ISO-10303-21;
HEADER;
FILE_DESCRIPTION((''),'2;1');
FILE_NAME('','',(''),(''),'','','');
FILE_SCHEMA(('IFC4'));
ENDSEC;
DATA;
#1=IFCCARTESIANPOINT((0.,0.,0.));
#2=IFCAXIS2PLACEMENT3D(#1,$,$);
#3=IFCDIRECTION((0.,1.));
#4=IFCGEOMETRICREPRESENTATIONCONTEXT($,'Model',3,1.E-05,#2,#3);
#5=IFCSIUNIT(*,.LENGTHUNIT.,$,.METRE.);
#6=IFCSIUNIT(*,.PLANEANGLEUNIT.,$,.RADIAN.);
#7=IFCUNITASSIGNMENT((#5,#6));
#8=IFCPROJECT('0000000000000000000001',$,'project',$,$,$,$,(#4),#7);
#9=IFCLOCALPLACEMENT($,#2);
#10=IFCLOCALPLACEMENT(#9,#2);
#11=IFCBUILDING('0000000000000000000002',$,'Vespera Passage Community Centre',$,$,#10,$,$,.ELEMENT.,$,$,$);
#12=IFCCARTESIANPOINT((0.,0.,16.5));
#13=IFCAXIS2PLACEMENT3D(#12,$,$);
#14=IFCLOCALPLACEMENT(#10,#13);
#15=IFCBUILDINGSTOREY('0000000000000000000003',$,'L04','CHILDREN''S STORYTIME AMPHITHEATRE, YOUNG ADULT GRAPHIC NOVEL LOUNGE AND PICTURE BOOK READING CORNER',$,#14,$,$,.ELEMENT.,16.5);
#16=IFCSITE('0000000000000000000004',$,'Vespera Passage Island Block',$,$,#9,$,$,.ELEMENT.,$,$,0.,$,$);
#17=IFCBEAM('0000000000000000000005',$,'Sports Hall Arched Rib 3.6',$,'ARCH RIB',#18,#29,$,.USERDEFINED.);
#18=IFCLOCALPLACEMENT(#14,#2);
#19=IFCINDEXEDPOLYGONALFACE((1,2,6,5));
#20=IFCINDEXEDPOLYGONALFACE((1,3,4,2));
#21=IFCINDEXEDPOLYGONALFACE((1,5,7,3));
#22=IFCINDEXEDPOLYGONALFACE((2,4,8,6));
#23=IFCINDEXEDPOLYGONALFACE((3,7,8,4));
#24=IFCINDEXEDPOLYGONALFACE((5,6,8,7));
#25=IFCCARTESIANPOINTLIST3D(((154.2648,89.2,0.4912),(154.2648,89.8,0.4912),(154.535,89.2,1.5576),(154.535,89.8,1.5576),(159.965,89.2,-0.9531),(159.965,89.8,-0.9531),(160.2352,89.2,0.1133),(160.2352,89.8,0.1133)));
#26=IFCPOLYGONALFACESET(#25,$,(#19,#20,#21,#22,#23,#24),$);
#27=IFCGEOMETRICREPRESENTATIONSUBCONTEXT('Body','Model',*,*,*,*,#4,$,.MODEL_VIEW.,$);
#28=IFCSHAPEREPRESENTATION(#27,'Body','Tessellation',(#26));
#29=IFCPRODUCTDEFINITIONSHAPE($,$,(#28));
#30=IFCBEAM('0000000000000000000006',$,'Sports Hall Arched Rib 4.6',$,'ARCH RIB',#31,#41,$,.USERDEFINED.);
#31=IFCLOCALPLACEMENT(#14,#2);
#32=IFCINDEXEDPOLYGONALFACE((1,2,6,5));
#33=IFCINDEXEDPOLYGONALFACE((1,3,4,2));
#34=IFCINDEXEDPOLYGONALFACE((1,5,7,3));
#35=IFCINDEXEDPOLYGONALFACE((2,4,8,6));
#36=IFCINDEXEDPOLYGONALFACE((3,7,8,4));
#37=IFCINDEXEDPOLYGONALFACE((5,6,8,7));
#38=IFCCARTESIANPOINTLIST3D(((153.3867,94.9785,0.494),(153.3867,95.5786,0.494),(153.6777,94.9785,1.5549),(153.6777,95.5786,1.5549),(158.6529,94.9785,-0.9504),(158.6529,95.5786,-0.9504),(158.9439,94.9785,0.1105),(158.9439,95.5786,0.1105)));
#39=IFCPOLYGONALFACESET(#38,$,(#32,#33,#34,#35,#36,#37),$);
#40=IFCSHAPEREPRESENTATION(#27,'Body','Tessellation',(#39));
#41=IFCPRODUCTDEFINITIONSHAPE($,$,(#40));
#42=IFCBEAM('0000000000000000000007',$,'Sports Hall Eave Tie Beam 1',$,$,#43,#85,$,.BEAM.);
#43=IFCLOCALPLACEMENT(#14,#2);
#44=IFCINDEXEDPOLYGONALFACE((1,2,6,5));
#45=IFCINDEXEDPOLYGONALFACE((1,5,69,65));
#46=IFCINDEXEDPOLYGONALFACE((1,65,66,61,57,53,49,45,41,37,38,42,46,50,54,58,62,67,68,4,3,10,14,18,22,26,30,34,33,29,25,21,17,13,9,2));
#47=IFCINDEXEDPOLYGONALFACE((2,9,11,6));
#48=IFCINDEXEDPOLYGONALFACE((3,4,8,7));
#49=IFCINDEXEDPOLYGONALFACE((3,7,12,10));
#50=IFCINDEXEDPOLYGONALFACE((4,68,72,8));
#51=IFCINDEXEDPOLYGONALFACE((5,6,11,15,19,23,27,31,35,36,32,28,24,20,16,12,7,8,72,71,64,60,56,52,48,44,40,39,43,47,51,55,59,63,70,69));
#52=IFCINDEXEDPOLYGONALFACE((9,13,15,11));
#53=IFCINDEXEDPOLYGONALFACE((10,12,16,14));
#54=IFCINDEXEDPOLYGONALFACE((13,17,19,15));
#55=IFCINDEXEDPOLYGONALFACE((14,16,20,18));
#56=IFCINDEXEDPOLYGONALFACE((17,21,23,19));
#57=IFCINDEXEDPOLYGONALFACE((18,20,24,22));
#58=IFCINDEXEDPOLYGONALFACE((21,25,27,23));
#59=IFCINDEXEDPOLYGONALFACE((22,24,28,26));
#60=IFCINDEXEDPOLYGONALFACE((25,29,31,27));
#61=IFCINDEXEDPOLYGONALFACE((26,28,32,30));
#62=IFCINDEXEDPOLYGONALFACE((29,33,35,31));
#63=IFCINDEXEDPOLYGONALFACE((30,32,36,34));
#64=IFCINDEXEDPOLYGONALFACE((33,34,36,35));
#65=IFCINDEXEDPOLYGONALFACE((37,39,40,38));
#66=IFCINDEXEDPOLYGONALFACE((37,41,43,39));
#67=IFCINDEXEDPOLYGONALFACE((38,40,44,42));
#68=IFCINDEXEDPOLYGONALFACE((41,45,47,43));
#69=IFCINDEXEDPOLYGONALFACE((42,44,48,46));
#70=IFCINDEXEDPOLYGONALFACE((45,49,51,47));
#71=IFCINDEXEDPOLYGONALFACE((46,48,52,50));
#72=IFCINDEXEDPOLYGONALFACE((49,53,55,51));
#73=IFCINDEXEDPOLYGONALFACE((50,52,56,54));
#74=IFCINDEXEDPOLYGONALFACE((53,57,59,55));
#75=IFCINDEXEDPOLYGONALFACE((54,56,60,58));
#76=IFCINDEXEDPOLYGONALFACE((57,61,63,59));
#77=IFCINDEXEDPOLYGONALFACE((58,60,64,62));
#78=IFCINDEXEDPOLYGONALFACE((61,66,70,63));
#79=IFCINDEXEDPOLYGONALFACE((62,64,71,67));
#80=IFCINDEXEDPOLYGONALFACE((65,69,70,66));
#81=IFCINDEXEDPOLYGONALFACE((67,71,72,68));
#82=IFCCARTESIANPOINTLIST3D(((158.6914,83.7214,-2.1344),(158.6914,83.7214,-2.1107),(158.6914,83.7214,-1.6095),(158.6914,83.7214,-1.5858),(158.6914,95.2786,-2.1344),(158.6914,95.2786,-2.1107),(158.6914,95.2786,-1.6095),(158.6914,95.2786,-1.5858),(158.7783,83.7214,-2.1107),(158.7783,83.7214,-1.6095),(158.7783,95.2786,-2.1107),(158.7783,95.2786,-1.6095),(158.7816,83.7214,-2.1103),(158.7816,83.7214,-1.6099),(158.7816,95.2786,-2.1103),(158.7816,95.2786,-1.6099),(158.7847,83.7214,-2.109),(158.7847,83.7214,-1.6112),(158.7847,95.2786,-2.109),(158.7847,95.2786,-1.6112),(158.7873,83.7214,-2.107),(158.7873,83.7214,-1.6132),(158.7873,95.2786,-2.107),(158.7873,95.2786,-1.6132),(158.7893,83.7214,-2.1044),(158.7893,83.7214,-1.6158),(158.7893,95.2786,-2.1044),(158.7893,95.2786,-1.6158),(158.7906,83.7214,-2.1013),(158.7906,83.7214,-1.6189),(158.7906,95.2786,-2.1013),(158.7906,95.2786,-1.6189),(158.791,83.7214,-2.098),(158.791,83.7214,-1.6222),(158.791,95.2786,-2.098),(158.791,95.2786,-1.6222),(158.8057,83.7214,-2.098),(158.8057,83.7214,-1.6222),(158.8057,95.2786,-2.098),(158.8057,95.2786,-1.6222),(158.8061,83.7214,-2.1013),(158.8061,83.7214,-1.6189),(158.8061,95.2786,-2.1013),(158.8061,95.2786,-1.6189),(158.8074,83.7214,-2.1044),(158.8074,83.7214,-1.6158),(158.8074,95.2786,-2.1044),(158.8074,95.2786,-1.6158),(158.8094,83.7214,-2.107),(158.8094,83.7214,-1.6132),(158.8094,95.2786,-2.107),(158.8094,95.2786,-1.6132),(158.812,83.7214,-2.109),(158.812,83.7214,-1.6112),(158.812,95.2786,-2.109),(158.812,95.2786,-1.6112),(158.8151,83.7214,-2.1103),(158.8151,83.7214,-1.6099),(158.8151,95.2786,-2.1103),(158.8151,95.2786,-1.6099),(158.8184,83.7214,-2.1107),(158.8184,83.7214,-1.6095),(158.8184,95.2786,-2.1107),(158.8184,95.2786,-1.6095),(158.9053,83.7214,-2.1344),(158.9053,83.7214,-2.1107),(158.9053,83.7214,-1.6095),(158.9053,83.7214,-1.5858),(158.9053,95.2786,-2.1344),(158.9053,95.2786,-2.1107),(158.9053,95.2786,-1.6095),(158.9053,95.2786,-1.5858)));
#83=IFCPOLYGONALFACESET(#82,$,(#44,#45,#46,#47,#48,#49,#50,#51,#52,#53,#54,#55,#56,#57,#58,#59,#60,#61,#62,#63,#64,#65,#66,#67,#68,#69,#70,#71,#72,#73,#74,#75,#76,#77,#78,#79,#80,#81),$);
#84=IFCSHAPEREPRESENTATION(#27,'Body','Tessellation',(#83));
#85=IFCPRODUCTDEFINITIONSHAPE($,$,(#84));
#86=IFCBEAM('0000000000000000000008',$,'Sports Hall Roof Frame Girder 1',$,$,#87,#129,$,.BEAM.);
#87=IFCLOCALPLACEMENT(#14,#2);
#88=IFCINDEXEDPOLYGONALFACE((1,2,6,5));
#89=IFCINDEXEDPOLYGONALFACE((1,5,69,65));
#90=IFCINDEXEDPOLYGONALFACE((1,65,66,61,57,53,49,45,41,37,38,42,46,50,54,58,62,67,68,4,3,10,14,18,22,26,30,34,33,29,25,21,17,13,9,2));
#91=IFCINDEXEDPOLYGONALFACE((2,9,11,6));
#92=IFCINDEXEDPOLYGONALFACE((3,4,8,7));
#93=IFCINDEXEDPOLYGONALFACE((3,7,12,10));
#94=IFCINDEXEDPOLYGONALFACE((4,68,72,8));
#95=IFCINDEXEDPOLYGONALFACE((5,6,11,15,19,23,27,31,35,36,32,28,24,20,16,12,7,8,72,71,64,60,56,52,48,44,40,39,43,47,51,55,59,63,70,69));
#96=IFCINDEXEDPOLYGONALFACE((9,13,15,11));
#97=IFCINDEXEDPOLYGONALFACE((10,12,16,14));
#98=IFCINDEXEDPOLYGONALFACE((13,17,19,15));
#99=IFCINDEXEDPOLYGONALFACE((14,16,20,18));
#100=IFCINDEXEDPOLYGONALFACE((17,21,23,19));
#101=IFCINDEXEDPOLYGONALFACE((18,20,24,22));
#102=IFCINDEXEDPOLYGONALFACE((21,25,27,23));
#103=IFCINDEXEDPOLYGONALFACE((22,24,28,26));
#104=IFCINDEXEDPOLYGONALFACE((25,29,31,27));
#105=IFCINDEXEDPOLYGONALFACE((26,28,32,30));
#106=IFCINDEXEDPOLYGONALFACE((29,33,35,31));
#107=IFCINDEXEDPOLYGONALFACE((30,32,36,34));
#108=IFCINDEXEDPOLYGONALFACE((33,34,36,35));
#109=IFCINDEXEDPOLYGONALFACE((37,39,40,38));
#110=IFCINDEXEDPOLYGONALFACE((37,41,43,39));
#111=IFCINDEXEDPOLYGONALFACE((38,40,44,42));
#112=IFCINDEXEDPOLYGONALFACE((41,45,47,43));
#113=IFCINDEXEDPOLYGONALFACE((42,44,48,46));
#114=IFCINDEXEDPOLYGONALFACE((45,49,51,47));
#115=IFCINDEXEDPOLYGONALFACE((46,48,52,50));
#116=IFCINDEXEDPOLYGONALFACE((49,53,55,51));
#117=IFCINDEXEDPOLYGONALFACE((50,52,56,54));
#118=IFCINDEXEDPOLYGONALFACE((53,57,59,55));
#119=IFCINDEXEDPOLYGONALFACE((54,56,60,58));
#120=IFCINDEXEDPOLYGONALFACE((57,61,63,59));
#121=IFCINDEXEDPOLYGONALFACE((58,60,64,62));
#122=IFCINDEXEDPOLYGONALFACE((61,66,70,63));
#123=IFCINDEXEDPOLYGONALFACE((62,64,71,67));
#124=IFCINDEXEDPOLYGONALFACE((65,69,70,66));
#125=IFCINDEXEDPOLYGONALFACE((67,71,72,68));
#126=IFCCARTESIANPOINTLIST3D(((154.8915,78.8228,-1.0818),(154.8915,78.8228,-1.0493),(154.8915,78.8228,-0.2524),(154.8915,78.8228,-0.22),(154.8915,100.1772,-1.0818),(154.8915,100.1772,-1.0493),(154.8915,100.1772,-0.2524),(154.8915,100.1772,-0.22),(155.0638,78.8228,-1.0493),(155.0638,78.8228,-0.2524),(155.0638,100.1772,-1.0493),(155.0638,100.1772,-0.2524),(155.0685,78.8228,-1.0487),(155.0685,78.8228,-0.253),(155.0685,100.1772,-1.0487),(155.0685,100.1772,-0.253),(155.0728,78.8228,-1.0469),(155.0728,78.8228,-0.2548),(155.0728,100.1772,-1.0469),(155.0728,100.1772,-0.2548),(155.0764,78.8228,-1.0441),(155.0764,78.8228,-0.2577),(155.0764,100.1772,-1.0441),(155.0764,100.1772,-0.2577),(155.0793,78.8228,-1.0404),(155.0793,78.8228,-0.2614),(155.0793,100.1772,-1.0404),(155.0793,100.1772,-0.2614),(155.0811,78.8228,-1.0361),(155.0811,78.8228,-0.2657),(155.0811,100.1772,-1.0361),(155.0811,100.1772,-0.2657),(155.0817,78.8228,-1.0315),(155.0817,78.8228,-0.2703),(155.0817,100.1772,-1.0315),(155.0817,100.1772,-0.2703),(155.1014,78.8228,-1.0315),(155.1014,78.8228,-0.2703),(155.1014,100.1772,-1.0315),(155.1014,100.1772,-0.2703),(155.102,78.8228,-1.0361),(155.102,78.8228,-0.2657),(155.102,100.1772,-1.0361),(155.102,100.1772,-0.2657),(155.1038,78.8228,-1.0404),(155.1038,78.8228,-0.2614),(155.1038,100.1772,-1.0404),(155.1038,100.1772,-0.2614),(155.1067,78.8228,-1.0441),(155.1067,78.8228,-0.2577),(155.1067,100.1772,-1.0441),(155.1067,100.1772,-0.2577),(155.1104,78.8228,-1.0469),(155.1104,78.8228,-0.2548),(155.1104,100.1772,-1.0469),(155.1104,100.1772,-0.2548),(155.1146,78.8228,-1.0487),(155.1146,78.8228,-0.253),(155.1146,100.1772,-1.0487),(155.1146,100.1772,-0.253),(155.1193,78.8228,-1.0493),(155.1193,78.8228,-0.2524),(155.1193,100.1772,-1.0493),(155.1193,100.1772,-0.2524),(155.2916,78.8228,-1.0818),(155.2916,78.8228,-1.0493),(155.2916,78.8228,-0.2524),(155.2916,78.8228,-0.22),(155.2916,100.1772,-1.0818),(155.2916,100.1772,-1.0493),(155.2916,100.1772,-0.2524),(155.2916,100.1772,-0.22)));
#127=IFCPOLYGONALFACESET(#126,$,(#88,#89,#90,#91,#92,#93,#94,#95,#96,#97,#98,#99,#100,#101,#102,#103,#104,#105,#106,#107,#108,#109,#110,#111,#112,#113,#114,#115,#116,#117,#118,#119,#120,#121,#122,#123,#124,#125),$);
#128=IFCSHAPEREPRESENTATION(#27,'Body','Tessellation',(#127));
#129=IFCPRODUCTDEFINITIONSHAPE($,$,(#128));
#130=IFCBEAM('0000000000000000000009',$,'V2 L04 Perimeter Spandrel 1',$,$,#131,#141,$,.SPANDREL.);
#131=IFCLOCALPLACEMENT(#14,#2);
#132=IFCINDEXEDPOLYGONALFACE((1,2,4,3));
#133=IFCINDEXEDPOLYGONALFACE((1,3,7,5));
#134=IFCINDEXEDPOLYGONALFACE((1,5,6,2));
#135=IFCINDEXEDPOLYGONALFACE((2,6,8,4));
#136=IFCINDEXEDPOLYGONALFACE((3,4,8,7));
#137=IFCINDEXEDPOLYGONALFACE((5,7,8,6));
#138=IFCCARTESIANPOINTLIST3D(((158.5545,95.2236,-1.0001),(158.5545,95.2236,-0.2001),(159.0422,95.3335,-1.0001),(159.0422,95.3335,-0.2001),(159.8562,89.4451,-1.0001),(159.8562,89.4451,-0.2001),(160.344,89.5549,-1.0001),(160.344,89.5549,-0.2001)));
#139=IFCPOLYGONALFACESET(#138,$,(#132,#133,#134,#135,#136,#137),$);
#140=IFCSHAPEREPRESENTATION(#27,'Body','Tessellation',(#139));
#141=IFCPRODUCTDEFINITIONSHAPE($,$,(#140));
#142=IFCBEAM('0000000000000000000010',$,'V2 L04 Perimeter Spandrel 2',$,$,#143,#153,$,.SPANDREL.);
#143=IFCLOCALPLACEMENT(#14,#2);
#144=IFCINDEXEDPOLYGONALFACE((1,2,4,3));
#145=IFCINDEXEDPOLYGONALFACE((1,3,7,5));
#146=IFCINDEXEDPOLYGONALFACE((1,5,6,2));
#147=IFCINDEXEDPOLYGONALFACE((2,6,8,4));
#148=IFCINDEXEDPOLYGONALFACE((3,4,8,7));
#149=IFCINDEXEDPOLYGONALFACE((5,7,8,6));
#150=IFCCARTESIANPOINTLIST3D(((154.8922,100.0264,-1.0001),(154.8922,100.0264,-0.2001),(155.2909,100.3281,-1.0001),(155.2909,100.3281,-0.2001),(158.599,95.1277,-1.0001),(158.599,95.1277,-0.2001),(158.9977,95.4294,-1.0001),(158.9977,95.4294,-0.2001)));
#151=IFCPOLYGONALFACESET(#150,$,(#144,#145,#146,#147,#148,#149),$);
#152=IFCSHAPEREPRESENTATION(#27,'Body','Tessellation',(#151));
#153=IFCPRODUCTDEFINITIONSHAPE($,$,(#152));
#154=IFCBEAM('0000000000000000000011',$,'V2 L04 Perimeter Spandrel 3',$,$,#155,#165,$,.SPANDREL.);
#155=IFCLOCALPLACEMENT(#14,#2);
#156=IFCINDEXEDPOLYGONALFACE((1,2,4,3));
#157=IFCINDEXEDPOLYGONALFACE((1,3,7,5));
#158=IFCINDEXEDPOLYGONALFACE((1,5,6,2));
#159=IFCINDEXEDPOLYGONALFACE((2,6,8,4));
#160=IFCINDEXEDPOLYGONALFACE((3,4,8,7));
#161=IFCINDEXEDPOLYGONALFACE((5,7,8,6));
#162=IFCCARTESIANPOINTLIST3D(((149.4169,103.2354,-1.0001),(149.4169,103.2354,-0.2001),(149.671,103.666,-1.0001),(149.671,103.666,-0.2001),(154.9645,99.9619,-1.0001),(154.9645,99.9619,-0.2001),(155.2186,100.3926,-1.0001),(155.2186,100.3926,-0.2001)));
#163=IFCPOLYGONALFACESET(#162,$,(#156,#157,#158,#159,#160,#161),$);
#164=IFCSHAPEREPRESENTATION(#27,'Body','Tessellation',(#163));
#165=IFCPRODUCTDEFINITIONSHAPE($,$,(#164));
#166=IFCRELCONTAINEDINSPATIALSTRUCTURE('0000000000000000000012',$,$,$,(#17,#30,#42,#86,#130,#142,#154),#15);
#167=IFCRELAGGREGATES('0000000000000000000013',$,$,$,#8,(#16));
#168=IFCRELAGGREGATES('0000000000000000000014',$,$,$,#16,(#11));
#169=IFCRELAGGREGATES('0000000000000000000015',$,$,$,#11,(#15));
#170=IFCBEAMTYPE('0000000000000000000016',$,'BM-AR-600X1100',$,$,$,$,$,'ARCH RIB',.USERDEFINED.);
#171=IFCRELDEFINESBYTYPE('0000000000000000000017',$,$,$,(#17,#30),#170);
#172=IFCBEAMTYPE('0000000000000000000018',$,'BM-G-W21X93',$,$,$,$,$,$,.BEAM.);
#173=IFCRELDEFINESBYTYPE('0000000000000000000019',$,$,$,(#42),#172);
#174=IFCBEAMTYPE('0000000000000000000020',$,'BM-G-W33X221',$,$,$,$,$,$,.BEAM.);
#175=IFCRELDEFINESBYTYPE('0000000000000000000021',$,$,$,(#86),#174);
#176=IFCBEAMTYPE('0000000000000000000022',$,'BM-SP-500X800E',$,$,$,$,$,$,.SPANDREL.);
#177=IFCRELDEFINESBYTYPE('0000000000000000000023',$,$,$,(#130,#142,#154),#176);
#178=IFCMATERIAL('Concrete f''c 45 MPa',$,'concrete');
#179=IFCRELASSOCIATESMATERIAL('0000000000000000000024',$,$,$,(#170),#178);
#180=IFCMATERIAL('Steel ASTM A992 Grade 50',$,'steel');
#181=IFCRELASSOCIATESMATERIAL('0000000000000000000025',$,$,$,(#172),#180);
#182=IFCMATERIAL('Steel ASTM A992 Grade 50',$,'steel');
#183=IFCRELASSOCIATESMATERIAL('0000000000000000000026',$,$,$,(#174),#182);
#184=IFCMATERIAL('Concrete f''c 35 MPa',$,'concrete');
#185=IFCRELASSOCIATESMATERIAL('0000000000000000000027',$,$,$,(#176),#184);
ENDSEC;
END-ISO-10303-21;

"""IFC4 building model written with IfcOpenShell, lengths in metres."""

from ifc_helpers import new_model, si_unit, direction, frame, origin, origin_2d, place, context, subcontext, project, spatial, rectangle, i_section, extrude, material, material_profile, profile_set, type_object, element, save


model = new_model("IFC4")

# Units and contexts
model_context = context("Model", 3, precision=1e-05, world=origin(), true_north=direction((0.0, 1.0)))
body_context = subcontext(model_context, "Body", "Model", "MODEL_VIEW")
ifc_project = project(units=[si_unit("LENGTHUNIT", "METRE"), si_unit("PLANEANGLEUNIT", "RADIAN")], contexts=[model_context])

# Site, building, storey
site_placement = place(None, origin())
site = spatial("IfcSite", under=ifc_project, at=site_placement, Name="Vespera Passage Island Block", CompositionType="ELEMENT", RefElevation=0.0)
building_placement = place(site_placement, origin())
building = spatial("IfcBuilding", under=site, at=building_placement, Name="Vespera Passage Community Centre", CompositionType="ELEMENT")
storey_placement = place(building_placement, frame((0.0, 0.0, 16.5)))
storey = spatial("IfcBuildingStorey", under=building, at=storey_placement, Name="L04", Description="CHILDREN'S STORYTIME AMPHITHEATRE, YOUNG ADULT GRAPHIC NOVEL LOUNGE AND PICTURE BOOK READING CORNER", CompositionType="ELEMENT", Elevation=16.5)

# Beams
ifc_material_1 = material(Name="Concrete f'c 45 MPa", Category="concrete")
ifc_material_profile_1 = material_profile(ifc_material_1, rectangle(XDim=0.6001, YDim=1.1001, at=origin_2d()), Name="RC600X1100")
ifc_profile_set_1 = profile_set([ifc_material_profile_1], Name="Concrete f'c 45 MPa")
beam_type_1 = type_object("IfcBeamType", Name="BM-AR-600X1100", ElementType="ARCH RIB", PredefinedType="USERDEFINED", material=ifc_profile_set_1)
beam_1_placement = place(storey_placement, frame((154.3999, 89.5, 1.0244), z_axis=(0.969366, 0.0, -0.245621), x_axis=(0.0, 1.0, 0.0)))
element("IfcBeam", 1, at=beam_1_placement, inside=storey, type_object=beam_type_1, Name="Sports Hall Arched Rib 3.6", ObjectType="ARCH RIB", PredefinedType="USERDEFINED", context=body_context, shape_type="SweptSolid", body=[
    extrude(rectangle(XDim=0.6001, YDim=1.1001, at=origin_2d()), origin(), (0.0, 0.0, 1.0), 5.8804),
])
beam_2_placement = place(storey_placement, frame((153.5322, 95.2786, 1.0244), z_axis=(0.964385, 0.0, -0.264502), x_axis=(0.0, 1.0, 0.0)))
element("IfcBeam", 2, at=beam_2_placement, inside=storey, type_object=beam_type_1, Name="Sports Hall Arched Rib 4.6", ObjectType="ARCH RIB", PredefinedType="USERDEFINED", context=body_context, shape_type="SweptSolid", body=[
    extrude(rectangle(XDim=0.6001, YDim=1.1001, at=origin_2d()), origin(), (0.0, 0.0, 1.0), 5.4607),
])
ifc_material_2 = material(Name="Steel ASTM A992 Grade 50", Category="steel")
ifc_material_profile_2 = material_profile(ifc_material_2, i_section(OverallWidth=0.2139, OverallDepth=0.5486, WebThickness=0.0146, FlangeThickness=0.0237, FilletRadius=0.0127, at=origin_2d()), Name="W21X93")
ifc_profile_set_2 = profile_set([ifc_material_profile_2], Name="Steel ASTM A992 Grade 50")
beam_type_2 = type_object("IfcBeamType", Name="BM-G-W21X93", PredefinedType="BEAM", material=ifc_profile_set_2)
beam_3_placement = place(storey_placement, frame((158.7983, 95.2786, -1.8601), z_axis=(0.0, -1.0, 0.0), x_axis=(1.0, 0.0, 0.0)))
element("IfcBeam", 3, at=beam_3_placement, inside=storey, type_object=beam_type_2, Name="Sports Hall Eave Tie Beam 1", PredefinedType="BEAM", context=body_context, shape_type="SweptSolid", body=[
    extrude(i_section(OverallWidth=0.2139, OverallDepth=0.5486, WebThickness=0.0146, FlangeThickness=0.0237, FilletRadius=0.0127, at=origin_2d()), origin(), (0.0, 0.0, 1.0), 11.5571),
])
ifc_material_3 = material(Name="Steel ASTM A992 Grade 50", Category="steel")
ifc_material_profile_3 = material_profile(ifc_material_3, i_section(OverallWidth=0.4001, OverallDepth=0.8618, WebThickness=0.0198, FlangeThickness=0.0325, FilletRadius=0.0178, at=origin_2d()), Name="W33X221")
ifc_profile_set_3 = profile_set([ifc_material_profile_3], Name="Steel ASTM A992 Grade 50")
beam_type_3 = type_object("IfcBeamType", Name="BM-G-W33X221", PredefinedType="BEAM", material=ifc_profile_set_3)
beam_4_placement = place(storey_placement, frame((155.0916, 100.1772, -0.6509), z_axis=(0.0, -1.0, 0.0), x_axis=(1.0, 0.0, 0.0)))
element("IfcBeam", 4, at=beam_4_placement, inside=storey, type_object=beam_type_3, Name="Sports Hall Roof Frame Girder 1", PredefinedType="BEAM", context=body_context, shape_type="SweptSolid", body=[
    extrude(i_section(OverallWidth=0.4001, OverallDepth=0.8618, WebThickness=0.0198, FlangeThickness=0.0325, FilletRadius=0.0178, at=origin_2d()), origin(), (0.0, 0.0, 1.0), 21.3545),
])
ifc_material_4 = material(Name="Concrete f'c 35 MPa", Category="concrete")
ifc_material_profile_4 = material_profile(ifc_material_4, rectangle(XDim=0.5, YDim=0.8, at=origin_2d()), Name="RC500X800")
ifc_profile_set_4 = profile_set([ifc_material_profile_4], Name="Concrete f'c 35 MPa")
beam_type_4 = type_object("IfcBeamType", Name="BM-SP-500X800E", PredefinedType="SPANDREL", material=ifc_profile_set_4)
beam_5_placement = place(storey_placement, frame((160.1001, 89.5, -0.6001), z_axis=(-0.219766, 0.975553, 0.0), x_axis=(-0.975553, -0.219766, 0.0)))
element("IfcBeam", 5, at=beam_5_placement, inside=storey, type_object=beam_type_4, Name="V2 L04 Perimeter Spandrel 1", PredefinedType="SPANDREL", context=body_context, shape_type="SweptSolid", body=[
    extrude(rectangle(XDim=0.5, YDim=0.8, at=origin_2d()), origin(), (0.0, 0.0, 1.0), 5.9233),
])
beam_6_placement = place(storey_placement, frame((158.7983, 95.2786, -0.6001), z_axis=(-0.603409, 0.797432, 0.0), x_axis=(-0.797432, -0.603409, 0.0)))
element("IfcBeam", 6, at=beam_6_placement, inside=storey, type_object=beam_type_4, Name="V2 L04 Perimeter Spandrel 2", PredefinedType="SPANDREL", context=body_context, shape_type="SweptSolid", body=[
    extrude(rectangle(XDim=0.5, YDim=0.8, at=origin_2d()), origin(), (0.0, 0.0, 1.0), 6.1431),
])
beam_7_placement = place(storey_placement, frame((155.0916, 100.1772, -0.6001), z_axis=(-0.861246, 0.508189, 0.0), x_axis=(-0.508189, -0.861246, 0.0)))
element("IfcBeam", 7, at=beam_7_placement, inside=storey, type_object=beam_type_4, Name="V2 L04 Perimeter Spandrel 3", PredefinedType="SPANDREL", context=body_context, shape_type="SweptSolid", body=[
    extrude(rectangle(XDim=0.5, YDim=0.8, at=origin_2d()), origin(), (0.0, 0.0, 1.0), 6.4414),
])

save(model, "model.ifc")
